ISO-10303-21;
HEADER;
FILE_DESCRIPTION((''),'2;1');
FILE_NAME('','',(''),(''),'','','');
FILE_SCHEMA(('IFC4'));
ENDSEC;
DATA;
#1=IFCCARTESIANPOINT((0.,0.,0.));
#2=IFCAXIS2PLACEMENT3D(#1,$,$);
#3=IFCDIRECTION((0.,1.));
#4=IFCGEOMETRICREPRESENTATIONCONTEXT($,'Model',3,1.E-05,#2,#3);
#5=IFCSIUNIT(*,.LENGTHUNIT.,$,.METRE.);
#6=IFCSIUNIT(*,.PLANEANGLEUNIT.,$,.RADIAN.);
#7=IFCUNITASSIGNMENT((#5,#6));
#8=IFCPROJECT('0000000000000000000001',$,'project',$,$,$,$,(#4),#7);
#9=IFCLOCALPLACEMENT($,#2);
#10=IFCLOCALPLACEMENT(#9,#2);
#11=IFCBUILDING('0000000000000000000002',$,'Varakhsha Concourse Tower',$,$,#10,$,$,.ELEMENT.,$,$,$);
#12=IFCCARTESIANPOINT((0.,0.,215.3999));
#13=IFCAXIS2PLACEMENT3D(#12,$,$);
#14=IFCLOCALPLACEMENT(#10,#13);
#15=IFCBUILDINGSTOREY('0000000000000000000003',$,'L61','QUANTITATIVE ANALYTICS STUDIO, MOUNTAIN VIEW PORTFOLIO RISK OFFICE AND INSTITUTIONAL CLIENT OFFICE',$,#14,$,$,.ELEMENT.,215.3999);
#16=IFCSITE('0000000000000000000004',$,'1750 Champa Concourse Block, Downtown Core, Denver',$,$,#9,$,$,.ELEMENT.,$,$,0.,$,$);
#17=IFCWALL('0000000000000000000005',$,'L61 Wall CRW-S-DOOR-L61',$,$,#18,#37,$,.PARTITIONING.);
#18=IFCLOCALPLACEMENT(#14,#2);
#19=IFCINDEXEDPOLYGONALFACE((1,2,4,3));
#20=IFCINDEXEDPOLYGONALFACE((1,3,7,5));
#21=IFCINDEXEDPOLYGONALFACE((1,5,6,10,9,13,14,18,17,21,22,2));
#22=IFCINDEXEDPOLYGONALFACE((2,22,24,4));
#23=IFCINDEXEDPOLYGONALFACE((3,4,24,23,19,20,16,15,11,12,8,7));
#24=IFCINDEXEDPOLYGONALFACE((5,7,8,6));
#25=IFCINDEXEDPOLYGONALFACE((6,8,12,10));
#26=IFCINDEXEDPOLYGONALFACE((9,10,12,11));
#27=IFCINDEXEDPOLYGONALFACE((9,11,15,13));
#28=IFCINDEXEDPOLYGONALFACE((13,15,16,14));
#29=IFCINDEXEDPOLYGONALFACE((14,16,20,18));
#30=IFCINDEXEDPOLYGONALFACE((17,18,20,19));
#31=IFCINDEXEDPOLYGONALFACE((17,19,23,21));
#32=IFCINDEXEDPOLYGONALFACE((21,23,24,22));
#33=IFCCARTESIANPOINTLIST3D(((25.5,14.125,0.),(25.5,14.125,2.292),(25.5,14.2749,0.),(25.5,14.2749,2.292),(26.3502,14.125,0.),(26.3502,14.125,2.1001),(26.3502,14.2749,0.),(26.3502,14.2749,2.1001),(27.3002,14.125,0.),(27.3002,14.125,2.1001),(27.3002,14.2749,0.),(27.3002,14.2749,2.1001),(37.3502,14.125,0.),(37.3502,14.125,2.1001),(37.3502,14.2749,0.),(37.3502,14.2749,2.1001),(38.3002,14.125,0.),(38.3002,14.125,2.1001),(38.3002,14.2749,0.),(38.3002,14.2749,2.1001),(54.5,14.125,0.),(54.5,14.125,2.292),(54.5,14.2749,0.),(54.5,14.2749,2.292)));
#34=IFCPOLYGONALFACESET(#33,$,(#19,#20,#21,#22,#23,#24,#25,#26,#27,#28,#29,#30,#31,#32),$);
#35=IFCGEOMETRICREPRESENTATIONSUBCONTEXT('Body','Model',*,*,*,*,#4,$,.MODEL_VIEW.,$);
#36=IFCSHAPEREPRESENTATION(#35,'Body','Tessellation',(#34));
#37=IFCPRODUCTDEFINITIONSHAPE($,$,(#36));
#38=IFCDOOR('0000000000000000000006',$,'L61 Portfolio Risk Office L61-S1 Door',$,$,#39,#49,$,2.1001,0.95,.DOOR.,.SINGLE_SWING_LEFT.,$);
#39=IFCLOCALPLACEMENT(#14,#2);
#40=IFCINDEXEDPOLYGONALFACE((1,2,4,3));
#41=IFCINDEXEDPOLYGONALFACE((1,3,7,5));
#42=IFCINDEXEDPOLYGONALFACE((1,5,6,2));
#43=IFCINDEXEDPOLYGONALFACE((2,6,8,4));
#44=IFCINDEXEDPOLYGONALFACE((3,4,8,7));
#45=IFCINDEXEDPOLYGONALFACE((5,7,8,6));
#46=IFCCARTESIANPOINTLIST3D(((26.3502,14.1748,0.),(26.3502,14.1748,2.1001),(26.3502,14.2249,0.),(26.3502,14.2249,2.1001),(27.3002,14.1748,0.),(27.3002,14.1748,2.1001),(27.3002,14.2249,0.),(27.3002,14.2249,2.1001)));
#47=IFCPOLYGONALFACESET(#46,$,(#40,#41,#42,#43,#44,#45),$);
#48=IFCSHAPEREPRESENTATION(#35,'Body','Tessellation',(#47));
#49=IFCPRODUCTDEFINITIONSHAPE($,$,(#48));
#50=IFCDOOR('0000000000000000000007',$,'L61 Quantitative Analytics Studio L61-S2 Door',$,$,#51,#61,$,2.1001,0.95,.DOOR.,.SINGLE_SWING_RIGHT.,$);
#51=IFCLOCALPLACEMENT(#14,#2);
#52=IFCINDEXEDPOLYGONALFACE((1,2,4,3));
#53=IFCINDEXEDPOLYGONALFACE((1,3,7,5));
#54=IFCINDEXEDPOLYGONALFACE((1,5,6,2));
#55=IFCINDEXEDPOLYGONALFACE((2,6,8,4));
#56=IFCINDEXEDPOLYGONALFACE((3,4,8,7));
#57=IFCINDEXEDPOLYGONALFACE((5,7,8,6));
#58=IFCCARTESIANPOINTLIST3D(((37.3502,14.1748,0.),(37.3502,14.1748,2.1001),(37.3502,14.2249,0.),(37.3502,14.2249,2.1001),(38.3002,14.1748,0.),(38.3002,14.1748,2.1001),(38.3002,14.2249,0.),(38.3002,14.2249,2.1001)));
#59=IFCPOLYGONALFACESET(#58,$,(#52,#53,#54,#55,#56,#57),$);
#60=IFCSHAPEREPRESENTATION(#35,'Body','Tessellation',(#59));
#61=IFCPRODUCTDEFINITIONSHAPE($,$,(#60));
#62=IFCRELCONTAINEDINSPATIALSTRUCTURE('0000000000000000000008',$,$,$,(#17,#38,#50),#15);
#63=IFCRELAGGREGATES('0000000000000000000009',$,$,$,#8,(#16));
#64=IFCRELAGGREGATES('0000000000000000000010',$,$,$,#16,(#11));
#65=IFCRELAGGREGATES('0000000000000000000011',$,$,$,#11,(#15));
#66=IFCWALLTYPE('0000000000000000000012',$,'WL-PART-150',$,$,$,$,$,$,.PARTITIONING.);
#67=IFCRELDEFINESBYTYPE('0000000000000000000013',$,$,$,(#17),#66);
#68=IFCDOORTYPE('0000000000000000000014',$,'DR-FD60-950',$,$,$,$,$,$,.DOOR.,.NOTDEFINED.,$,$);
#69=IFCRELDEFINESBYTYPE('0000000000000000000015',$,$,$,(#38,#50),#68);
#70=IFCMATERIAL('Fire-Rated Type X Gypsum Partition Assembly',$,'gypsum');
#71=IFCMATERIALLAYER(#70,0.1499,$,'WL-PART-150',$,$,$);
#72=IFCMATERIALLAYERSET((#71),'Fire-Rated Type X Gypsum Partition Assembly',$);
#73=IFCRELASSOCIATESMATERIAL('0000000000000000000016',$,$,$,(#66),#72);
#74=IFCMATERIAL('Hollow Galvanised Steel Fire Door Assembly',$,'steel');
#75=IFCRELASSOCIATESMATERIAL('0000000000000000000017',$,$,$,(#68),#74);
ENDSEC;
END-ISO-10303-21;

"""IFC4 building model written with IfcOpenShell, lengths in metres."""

from ifc_helpers import new_model, si_unit, direction, frame, frame_2d, origin, place, context, subcontext, project, spatial, rectangle, extrude, material, layer, layer_set, type_object, element, fill, save


model = new_model("IFC4")

# Units and contexts
model_context = context("Model", 3, precision=1e-05, world=origin(), true_north=direction((0.0, 1.0)))
body_context = subcontext(model_context, "Body", "Model", "MODEL_VIEW")
ifc_project = project(units=[si_unit("LENGTHUNIT", "METRE"), si_unit("PLANEANGLEUNIT", "RADIAN")], contexts=[model_context])

# Site, building, storey
site_placement = place(None, origin())
site = spatial("IfcSite", under=ifc_project, at=site_placement, Name="1750 Champa Concourse Block, Downtown Core, Denver", CompositionType="ELEMENT", RefElevation=0.0)
building_placement = place(site_placement, origin())
building = spatial("IfcBuilding", under=site, at=building_placement, Name="Varakhsha Concourse Tower", CompositionType="ELEMENT")
storey_placement = place(building_placement, frame((0.0, 0.0, 215.3999)))
storey = spatial("IfcBuildingStorey", under=building, at=storey_placement, Name="L61", Description="QUANTITATIVE ANALYTICS STUDIO, MOUNTAIN VIEW PORTFOLIO RISK OFFICE AND INSTITUTIONAL CLIENT OFFICE", CompositionType="ELEMENT", Elevation=215.3999)

# Wall, openings, doors
ifc_material_1 = material(Name="Fire-Rated Type X Gypsum Partition Assembly", Category="gypsum")
ifc_layer_1 = layer(ifc_material_1, 0.1499, Name="WL-PART-150")
ifc_layer_set_1 = layer_set([ifc_layer_1], Name="Fire-Rated Type X Gypsum Partition Assembly")
wall_type = type_object("IfcWallType", Name="WL-PART-150", PredefinedType="PARTITIONING", material=ifc_layer_set_1)
ifc_material_2 = material(Name="Hollow Galvanised Steel Fire Door Assembly", Category="steel")
door_type = type_object("IfcDoorType", Name="DR-FD60-950", OperationType="NOTDEFINED", PredefinedType="DOOR", material=ifc_material_2)
wall_1_placement = place(storey_placement, frame((25.5, 14.2, 0.0), z_axis=(0.0, 0.0, 1.0), x_axis=(1.0, 0.0, 0.0)))
wall_1 = element("IfcWall", 1, at=wall_1_placement, inside=storey, type_object=wall_type, Name="L61 Wall CRW-S-DOOR-L61", PredefinedType="PARTITIONING", context=body_context, shape_type="SweptSolid", body=[
    extrude(rectangle(XDim=29.0, YDim=0.1499, at=frame_2d((14.5, 0.0))), origin(), (0.0, 0.0, 1.0), 2.292),
])
opening_1_placement = place(wall_1_placement, frame((0.8501, 0.0, 0.0)))
opening_1 = element("IfcOpeningElement", 2, at=opening_1_placement, cuts=wall_1, PredefinedType="OPENING", context=body_context, shape_type="SweptSolid", body=[
    extrude(rectangle(XDim=0.95, YDim=2.1001, at=frame_2d((0.4751, 1.05))), frame((0.0, 0.085, 0.0), z_axis=(0.0, -1.0, 0.0), x_axis=(1.0, 0.0, 0.0)), (0.0, 0.0, 1.0), 0.1699),
])
opening_2_placement = place(wall_1_placement, frame((11.8501, 0.0, 0.0)))
opening_2 = element("IfcOpeningElement", 3, at=opening_2_placement, cuts=wall_1, PredefinedType="OPENING", context=body_context, shape_type="SweptSolid", body=[
    extrude(rectangle(XDim=0.95, YDim=2.1001, at=frame_2d((0.4751, 1.05))), frame((0.0, 0.085, 0.0), z_axis=(0.0, -1.0, 0.0), x_axis=(1.0, 0.0, 0.0)), (0.0, 0.0, 1.0), 0.1699),
])
door_1_placement = place(opening_1_placement, origin())
door_1 = element("IfcDoor", 4, at=door_1_placement, inside=storey, type_object=door_type, Name="L61 Portfolio Risk Office L61-S1 Door", OperationType="SINGLE_SWING_LEFT", OverallHeight=2.1001, OverallWidth=0.95, PredefinedType="DOOR", context=body_context, shape_type="SweptSolid", body=[
    extrude(rectangle(XDim=0.95, YDim=2.1001, at=frame_2d((0.4751, 1.05))), frame((0.0, 0.0249, 0.0), z_axis=(0.0, -1.0, 0.0), x_axis=(1.0, 0.0, 0.0)), (0.0, 0.0, 1.0), 0.05),
])
fill(opening_1, door_1)
door_2_placement = place(opening_2_placement, origin())
door_2 = element("IfcDoor", 5, at=door_2_placement, inside=storey, type_object=door_type, Name="L61 Quantitative Analytics Studio L61-S2 Door", OperationType="SINGLE_SWING_RIGHT", OverallHeight=2.1001, OverallWidth=0.95, PredefinedType="DOOR", context=body_context, shape_type="SweptSolid", body=[
    extrude(rectangle(XDim=0.95, YDim=2.1001, at=frame_2d((0.4751, 1.05))), frame((0.0, 0.0249, 0.0), z_axis=(0.0, -1.0, 0.0), x_axis=(1.0, 0.0, 0.0)), (0.0, 0.0, 1.0), 0.05),
])
fill(opening_2, door_2)

save(model, "model.ifc")
